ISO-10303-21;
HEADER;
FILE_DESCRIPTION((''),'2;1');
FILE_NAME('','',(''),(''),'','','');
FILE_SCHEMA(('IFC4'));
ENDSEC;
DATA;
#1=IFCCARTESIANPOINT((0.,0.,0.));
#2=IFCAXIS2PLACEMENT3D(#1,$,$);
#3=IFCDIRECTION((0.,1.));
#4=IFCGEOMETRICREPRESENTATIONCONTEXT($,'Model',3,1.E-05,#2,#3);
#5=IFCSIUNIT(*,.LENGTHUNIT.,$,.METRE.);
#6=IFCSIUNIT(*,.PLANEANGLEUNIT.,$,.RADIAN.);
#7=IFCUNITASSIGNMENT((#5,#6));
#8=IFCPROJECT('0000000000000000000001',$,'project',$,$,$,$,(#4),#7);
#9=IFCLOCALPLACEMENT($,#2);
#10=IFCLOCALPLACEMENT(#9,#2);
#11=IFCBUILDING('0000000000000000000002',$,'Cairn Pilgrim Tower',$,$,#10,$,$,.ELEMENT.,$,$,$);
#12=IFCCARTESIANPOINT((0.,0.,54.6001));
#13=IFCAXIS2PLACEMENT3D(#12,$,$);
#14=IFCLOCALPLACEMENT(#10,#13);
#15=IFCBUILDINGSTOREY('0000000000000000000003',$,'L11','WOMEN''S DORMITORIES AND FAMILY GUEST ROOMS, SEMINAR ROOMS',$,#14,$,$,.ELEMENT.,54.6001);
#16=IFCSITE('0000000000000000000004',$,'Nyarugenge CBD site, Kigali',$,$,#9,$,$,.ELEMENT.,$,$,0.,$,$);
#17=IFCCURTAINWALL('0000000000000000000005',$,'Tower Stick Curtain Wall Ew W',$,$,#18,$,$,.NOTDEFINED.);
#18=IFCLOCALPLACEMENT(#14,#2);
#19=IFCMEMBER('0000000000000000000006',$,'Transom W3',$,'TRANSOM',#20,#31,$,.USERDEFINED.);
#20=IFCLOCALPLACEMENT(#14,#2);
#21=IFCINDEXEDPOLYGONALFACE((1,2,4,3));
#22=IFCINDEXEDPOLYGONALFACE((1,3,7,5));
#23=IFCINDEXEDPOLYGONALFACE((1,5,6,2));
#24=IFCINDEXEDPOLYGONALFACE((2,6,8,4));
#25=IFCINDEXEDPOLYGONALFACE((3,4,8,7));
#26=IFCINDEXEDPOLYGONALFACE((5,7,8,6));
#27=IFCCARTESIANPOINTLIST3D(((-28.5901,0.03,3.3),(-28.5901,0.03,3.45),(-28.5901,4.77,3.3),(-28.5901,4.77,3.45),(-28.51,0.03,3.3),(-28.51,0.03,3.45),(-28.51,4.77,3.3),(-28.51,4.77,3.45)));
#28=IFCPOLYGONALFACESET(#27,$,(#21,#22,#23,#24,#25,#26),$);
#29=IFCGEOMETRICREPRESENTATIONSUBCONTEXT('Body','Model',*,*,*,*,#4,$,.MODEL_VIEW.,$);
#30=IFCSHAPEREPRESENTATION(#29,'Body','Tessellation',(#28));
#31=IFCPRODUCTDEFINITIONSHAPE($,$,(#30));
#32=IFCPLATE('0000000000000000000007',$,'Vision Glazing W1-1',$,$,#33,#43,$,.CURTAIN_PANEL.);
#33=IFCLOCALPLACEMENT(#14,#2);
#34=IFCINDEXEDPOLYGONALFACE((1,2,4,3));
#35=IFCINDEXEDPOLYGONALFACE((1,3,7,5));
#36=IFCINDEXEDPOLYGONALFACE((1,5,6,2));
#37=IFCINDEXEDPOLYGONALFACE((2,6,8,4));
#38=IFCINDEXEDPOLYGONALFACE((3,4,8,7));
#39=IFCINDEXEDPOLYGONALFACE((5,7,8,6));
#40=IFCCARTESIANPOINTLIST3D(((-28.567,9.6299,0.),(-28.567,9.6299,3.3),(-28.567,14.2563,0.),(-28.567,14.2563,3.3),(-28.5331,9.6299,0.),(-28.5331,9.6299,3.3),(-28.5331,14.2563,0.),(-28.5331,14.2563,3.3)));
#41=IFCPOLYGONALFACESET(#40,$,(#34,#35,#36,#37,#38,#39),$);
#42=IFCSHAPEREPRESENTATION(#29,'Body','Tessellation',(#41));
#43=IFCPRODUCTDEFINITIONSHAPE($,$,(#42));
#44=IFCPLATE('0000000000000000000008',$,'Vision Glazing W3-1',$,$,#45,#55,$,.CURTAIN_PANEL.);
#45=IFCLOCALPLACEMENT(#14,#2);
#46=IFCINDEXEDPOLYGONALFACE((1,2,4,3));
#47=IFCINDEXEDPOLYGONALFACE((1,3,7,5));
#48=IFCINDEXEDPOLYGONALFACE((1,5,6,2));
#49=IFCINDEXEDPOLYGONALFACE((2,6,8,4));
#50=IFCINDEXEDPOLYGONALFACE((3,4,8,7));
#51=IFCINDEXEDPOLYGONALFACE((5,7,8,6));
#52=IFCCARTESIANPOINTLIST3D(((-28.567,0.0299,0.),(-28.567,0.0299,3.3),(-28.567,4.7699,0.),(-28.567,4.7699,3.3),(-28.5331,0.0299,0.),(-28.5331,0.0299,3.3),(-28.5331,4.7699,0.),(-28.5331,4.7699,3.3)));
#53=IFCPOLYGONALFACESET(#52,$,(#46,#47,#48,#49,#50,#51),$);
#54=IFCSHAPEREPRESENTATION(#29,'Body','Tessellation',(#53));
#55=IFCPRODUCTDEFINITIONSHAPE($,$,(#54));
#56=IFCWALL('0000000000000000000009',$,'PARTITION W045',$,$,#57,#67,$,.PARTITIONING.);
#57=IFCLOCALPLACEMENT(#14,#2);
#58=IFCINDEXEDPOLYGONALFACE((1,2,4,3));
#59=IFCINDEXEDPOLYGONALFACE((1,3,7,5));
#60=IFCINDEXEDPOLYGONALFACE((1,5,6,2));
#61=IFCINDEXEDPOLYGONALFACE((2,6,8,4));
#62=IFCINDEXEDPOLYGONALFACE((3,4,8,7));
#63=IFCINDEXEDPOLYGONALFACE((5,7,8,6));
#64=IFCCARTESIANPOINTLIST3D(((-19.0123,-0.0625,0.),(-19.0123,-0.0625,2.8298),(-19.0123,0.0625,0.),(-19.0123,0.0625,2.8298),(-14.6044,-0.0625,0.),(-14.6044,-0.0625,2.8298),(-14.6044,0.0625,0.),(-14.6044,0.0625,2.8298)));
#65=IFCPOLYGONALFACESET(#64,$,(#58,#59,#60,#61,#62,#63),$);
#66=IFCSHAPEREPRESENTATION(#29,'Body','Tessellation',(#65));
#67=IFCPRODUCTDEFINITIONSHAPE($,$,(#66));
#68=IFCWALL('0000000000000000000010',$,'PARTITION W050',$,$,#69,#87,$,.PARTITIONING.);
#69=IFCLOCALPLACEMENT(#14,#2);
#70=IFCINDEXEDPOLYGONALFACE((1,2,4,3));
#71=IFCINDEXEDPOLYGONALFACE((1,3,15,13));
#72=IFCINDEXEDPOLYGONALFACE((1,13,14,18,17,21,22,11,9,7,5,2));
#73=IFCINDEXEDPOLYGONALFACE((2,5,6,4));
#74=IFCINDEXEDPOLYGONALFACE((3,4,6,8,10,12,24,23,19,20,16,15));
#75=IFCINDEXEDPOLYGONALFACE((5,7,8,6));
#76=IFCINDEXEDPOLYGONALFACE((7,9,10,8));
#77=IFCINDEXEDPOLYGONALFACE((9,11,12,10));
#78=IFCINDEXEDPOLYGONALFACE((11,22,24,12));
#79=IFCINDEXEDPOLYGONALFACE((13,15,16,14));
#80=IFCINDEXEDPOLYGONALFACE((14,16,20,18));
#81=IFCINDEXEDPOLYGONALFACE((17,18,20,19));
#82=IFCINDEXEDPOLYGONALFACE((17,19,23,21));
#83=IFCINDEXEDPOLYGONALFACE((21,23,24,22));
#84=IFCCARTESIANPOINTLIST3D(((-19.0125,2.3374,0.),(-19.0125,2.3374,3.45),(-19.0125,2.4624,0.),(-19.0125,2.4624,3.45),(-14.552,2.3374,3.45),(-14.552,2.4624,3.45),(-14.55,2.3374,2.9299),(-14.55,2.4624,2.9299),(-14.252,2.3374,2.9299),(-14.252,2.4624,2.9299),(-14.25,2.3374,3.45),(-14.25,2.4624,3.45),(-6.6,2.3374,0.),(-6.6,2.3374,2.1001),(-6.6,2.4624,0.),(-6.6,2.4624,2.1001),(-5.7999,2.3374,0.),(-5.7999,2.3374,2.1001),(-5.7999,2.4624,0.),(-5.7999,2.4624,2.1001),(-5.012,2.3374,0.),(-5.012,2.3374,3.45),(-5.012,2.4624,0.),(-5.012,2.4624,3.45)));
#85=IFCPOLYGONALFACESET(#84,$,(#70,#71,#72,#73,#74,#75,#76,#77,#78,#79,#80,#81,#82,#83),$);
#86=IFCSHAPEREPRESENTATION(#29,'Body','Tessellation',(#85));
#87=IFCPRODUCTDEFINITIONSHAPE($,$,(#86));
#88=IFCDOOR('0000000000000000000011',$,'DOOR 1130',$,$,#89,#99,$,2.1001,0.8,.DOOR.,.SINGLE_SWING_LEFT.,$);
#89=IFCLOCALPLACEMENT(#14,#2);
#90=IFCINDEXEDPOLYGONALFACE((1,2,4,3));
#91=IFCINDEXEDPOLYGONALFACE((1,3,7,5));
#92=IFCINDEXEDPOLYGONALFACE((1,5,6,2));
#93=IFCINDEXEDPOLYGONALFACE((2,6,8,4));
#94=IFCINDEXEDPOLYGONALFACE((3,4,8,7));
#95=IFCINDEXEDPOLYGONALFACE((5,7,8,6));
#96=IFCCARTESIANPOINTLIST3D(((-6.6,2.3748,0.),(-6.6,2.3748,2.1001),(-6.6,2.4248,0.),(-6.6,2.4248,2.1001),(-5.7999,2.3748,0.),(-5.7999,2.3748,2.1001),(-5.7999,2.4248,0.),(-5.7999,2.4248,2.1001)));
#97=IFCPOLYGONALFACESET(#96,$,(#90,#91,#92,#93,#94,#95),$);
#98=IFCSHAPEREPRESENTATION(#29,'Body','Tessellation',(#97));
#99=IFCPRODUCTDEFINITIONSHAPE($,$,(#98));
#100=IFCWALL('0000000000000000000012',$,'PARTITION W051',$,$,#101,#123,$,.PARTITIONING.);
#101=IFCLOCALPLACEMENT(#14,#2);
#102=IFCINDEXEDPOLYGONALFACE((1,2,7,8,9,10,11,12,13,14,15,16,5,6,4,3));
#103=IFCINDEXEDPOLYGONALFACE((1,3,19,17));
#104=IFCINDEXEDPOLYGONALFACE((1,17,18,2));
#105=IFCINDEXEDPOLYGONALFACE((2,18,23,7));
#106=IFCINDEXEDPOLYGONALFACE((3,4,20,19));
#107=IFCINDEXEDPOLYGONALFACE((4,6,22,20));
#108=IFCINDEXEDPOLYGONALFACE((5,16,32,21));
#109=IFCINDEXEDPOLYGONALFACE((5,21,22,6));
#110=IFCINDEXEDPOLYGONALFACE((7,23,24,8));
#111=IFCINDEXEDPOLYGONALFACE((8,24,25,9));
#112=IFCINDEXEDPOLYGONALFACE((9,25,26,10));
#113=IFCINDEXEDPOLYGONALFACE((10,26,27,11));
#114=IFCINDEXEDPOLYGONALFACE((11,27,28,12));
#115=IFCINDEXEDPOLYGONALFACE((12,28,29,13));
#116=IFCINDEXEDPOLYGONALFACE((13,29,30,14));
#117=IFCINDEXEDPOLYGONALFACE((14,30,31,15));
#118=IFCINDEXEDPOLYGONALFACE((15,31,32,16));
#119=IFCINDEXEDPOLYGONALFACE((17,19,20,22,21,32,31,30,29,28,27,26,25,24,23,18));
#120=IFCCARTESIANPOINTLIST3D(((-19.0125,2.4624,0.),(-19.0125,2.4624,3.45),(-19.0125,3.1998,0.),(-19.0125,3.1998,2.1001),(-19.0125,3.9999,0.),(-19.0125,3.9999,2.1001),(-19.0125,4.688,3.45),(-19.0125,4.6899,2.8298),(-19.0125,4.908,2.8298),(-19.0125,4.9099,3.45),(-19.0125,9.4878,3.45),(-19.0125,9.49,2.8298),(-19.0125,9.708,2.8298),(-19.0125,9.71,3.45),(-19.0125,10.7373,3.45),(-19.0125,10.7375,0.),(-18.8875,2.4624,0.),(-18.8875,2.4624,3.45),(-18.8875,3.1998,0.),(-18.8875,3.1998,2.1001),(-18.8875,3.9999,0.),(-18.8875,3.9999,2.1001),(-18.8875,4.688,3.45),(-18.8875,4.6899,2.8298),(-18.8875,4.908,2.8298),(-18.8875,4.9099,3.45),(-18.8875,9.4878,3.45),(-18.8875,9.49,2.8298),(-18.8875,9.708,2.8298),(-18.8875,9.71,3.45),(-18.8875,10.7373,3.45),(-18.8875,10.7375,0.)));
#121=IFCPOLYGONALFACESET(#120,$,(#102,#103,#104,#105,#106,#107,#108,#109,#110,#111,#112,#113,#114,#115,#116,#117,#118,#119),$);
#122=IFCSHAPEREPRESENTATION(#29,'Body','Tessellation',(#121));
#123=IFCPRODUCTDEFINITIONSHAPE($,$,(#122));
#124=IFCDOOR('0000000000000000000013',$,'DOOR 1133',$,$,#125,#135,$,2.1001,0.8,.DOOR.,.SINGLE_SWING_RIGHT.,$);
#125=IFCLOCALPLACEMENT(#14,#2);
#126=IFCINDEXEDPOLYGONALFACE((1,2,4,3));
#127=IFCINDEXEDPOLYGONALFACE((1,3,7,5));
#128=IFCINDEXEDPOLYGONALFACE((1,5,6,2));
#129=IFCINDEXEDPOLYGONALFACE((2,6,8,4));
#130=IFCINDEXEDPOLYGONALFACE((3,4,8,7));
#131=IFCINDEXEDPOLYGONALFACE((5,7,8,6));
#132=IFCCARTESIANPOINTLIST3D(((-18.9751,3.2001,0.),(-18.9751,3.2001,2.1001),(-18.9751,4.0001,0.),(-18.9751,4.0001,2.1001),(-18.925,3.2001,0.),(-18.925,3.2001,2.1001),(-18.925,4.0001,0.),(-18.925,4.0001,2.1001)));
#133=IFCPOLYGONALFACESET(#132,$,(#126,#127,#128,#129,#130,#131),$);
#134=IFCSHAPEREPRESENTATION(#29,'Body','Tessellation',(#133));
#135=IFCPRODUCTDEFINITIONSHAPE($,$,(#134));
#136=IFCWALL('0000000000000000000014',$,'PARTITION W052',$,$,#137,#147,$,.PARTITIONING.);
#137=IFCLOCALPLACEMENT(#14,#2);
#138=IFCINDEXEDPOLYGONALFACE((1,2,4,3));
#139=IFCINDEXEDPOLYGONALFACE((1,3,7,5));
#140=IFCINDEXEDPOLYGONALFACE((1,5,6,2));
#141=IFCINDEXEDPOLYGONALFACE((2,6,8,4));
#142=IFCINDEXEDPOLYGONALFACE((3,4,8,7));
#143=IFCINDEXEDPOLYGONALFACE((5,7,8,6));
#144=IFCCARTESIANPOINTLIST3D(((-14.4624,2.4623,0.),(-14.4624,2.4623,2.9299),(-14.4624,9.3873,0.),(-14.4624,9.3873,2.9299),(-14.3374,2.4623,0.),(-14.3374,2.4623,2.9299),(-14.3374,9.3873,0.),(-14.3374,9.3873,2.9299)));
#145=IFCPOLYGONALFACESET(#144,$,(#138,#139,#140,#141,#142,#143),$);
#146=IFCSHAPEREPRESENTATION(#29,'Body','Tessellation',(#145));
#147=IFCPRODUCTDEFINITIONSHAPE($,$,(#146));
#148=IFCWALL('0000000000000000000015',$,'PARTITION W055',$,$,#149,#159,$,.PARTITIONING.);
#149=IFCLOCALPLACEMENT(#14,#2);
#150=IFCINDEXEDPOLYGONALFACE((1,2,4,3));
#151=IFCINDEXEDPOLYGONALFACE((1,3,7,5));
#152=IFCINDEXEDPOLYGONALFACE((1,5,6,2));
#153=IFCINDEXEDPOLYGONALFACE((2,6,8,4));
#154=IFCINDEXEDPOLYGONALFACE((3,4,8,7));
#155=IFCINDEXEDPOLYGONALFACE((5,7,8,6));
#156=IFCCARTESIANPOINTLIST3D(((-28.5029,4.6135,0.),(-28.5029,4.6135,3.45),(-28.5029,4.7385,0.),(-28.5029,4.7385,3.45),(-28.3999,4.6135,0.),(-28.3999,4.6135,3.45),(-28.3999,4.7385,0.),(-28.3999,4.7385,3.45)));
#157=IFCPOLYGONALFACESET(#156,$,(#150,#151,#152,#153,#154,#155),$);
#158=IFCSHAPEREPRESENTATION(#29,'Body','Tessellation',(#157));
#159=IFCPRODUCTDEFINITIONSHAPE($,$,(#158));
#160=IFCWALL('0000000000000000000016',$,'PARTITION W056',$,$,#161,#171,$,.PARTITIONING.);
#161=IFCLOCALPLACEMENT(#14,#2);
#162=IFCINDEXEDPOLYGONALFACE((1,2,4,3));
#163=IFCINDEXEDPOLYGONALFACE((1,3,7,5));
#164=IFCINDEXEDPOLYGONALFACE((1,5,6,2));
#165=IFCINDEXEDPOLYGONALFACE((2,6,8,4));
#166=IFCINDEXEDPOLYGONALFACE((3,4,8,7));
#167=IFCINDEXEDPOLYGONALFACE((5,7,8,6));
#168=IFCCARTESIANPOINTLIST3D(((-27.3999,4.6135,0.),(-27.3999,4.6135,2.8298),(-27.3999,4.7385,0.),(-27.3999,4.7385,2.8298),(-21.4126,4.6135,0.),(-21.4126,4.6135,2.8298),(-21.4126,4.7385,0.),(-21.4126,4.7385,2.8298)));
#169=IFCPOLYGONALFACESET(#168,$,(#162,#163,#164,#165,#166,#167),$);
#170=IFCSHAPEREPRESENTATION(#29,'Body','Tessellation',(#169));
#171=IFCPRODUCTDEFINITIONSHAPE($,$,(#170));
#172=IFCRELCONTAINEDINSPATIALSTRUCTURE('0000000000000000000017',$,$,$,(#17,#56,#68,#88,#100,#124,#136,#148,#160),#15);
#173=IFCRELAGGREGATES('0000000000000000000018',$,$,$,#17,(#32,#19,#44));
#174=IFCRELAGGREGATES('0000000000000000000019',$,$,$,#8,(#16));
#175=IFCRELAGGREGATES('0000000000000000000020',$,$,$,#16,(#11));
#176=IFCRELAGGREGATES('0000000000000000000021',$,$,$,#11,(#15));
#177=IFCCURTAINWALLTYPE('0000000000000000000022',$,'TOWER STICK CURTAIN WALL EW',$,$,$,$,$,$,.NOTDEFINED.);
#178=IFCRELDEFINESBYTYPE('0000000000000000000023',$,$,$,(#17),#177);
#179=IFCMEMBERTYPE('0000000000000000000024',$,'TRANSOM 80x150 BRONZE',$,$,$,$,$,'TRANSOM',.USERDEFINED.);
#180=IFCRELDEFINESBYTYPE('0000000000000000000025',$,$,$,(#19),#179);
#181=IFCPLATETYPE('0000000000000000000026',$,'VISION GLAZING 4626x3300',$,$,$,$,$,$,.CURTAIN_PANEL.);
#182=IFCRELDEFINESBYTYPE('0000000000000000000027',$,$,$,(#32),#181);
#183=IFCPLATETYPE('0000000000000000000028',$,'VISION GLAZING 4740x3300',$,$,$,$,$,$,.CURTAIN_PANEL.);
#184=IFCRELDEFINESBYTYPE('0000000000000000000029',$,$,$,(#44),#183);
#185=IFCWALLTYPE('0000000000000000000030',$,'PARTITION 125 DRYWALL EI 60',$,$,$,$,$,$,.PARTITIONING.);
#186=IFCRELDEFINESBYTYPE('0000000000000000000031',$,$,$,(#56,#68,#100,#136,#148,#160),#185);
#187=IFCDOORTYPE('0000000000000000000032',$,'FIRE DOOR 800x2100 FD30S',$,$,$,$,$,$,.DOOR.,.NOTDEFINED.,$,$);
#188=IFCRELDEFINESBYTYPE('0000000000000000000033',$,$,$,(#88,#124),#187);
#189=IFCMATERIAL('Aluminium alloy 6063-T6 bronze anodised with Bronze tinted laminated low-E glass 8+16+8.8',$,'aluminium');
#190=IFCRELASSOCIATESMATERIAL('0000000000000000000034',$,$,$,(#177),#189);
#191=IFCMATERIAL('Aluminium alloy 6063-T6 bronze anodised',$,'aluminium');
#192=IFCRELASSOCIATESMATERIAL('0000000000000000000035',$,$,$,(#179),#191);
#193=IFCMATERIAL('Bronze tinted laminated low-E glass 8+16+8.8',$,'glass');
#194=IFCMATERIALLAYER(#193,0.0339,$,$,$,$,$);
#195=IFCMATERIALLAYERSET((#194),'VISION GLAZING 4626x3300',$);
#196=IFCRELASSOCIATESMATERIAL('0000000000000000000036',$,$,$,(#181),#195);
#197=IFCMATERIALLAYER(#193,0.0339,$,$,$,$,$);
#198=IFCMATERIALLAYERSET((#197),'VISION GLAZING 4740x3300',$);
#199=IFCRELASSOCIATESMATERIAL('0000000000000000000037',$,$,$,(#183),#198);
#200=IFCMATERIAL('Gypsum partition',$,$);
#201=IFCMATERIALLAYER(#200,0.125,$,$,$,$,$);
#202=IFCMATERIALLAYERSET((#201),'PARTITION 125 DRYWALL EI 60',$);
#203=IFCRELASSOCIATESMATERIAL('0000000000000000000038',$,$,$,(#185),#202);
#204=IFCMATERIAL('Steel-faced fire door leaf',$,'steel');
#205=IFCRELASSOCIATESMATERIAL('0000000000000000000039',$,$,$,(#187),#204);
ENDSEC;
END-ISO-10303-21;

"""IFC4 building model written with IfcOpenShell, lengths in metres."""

from ifc_helpers import new_model, si_unit, direction, frame, frame_2d, origin, origin_2d, place, context, subcontext, project, spatial, polyline, rectangle, outline, extrude, material, layer, layer_set, material_profile, profile_set, type_object, element, fill, aggregate, save


model = new_model("IFC4")

# Units and contexts
model_context = context("Model", 3, precision=1e-05, world=origin(), true_north=direction((0.0, 1.0)))
body_context = subcontext(model_context, "Body", "Model", "MODEL_VIEW")
ifc_project = project(units=[si_unit("LENGTHUNIT", "METRE"), si_unit("PLANEANGLEUNIT", "RADIAN")], contexts=[model_context])

# Site, building, storey
site_placement = place(None, origin())
site = spatial("IfcSite", under=ifc_project, at=site_placement, Name="Nyarugenge CBD site, Kigali", CompositionType="ELEMENT", RefElevation=0.0)
building_placement = place(site_placement, origin())
building = spatial("IfcBuilding", under=site, at=building_placement, Name="Cairn Pilgrim Tower", CompositionType="ELEMENT")
storey_placement = place(building_placement, frame((0.0, 0.0, 54.6001)))
storey = spatial("IfcBuildingStorey", under=building, at=storey_placement, Name="L11", Description="WOMEN'S DORMITORIES AND FAMILY GUEST ROOMS, SEMINAR ROOMS", CompositionType="ELEMENT", Elevation=54.6001)

# Curtain wall
ifc_material_1 = material(Name="Aluminium alloy 6063-T6 bronze anodised with Bronze tinted laminated low-E glass 8+16+8.8", Category="aluminium")
curtain_wall_type = type_object("IfcCurtainWallType", Name="TOWER STICK CURTAIN WALL EW", PredefinedType="NOTDEFINED", material=ifc_material_1)
curtain_wall_placement = place(storey_placement, origin())
curtain_wall = element("IfcCurtainWall", 1, at=curtain_wall_placement, inside=storey, type_object=curtain_wall_type, Name="Tower Stick Curtain Wall Ew W", PredefinedType="NOTDEFINED")
ifc_material_2 = material(Name="Aluminium alloy 6063-T6 bronze anodised", Category="aluminium")

# Member
ifc_material_profile_1 = material_profile(ifc_material_2, rectangle(XDim=0.0801, YDim=0.1499, at=origin_2d()), Name="TRANSOM 80x150 BRONZE")
ifc_profile_set_1 = profile_set([ifc_material_profile_1], Name="Aluminium alloy 6063-T6 bronze anodised")
member_type_1 = type_object("IfcMemberType", Name="TRANSOM 80x150 BRONZE", ElementType="TRANSOM", PredefinedType="USERDEFINED", material=ifc_profile_set_1)
member_1_placement = place(storey_placement, frame((-28.55, 4.77, 3.375), z_axis=(0.0, -1.0, 0.0), x_axis=(1.0, 0.0, 0.0)))
member_1 = element("IfcMember", 2, at=member_1_placement, type_object=member_type_1, Name="Transom W3", ObjectType="TRANSOM", PredefinedType="USERDEFINED", context=body_context, shape_type="SweptSolid", body=[
    extrude(rectangle(XDim=0.0801, YDim=0.1499, at=origin_2d()), origin(), (0.0, 0.0, 1.0), 4.74),
])

# Plates
ifc_material_3 = material(Name="Bronze tinted laminated low-E glass 8+16+8.8", Category="glass")
ifc_layer_1 = layer(ifc_material_3, 0.0339)
ifc_layer_set_1 = layer_set([ifc_layer_1], Name="VISION GLAZING 4626x3300")
plate_type_1 = type_object("IfcPlateType", Name="VISION GLAZING 4626x3300", PredefinedType="CURTAIN_PANEL", material=ifc_layer_set_1)
plate_1_placement = place(storey_placement, frame((-28.55, 11.9431, 0.0), z_axis=(0.0, 0.0, 1.0), x_axis=(0.0, -1.0, 0.0)))
plate_1 = element("IfcPlate", 3, at=plate_1_placement, type_object=plate_type_1, Name="Vision Glazing W1-1", PredefinedType="CURTAIN_PANEL", context=body_context, shape_type="SweptSolid", body=[
    extrude(rectangle(XDim=4.6265, YDim=0.0339, at=origin_2d()), origin(), (0.0, 0.0, 1.0), 3.3),
])
ifc_layer_2 = layer(ifc_material_3, 0.0339)
ifc_layer_set_2 = layer_set([ifc_layer_2], Name="VISION GLAZING 4740x3300")
plate_type_2 = type_object("IfcPlateType", Name="VISION GLAZING 4740x3300", PredefinedType="CURTAIN_PANEL", material=ifc_layer_set_2)
plate_2_placement = place(storey_placement, frame((-28.55, 2.3999, 0.0), z_axis=(0.0, 0.0, 1.0), x_axis=(0.0, -1.0, 0.0)))
plate_2 = element("IfcPlate", 4, at=plate_2_placement, type_object=plate_type_2, Name="Vision Glazing W3-1", PredefinedType="CURTAIN_PANEL", context=body_context, shape_type="SweptSolid", body=[
    extrude(rectangle(XDim=4.74, YDim=0.0339, at=origin_2d()), origin(), (0.0, 0.0, 1.0), 3.3),
])
aggregate(curtain_wall, [plate_1, member_1, plate_2])

# Wall
ifc_material_4 = material(Name="Gypsum partition")
ifc_layer_3 = layer(ifc_material_4, 0.125)
ifc_layer_set_3 = layer_set([ifc_layer_3], Name="PARTITION 125 DRYWALL EI 60")
wall_type_1 = type_object("IfcWallType", Name="PARTITION 125 DRYWALL EI 60", PredefinedType="PARTITIONING", material=ifc_layer_set_3)
wall_1_placement = place(storey_placement, frame((-19.0125, 0.0, 0.0), z_axis=(0.0, 0.0, 1.0), x_axis=(1.0, 0.0, 0.0)))
element("IfcWall", 5, at=wall_1_placement, inside=storey, type_object=wall_type_1, Name="PARTITION W045", PredefinedType="PARTITIONING", context=body_context, shape_type="SweptSolid", body=[
    extrude(rectangle(XDim=4.408, YDim=0.125, at=frame_2d((2.2041, 0.0))), origin(), (0.0, 0.0, 1.0), 2.8298),
])

# Walls, openings, doors
wall_2_placement = place(storey_placement, frame((-19.0125, 2.3999, 0.0), z_axis=(0.0, 0.0, 1.0), x_axis=(1.0, 0.0, 0.0)))
wall_2 = element("IfcWall", 6, at=wall_2_placement, inside=storey, type_object=wall_type_1, Name="PARTITION W050", PredefinedType="PARTITIONING", context=body_context, shape_type="SweptSolid", body=[
    extrude(outline(polyline([(0.0, 0.0), (14.0005, 0.0), (14.0005, 3.45), (4.7625, 3.45), (4.7605, 2.9299), (4.4624, 2.9299), (4.4604, 3.45), (0.0, 3.45), (0.0, 0.0)])), frame((0.0, 0.0625, 0.0), z_axis=(0.0, -1.0, 0.0), x_axis=(1.0, 0.0, 0.0)), (0.0, 0.0, 1.0), 0.125),
])
opening_1_placement = place(wall_2_placement, frame((12.4126, 0.0, 0.0)))
opening_1 = element("IfcOpeningElement", 7, at=opening_1_placement, cuts=wall_2, PredefinedType="OPENING", context=body_context, shape_type="SweptSolid", body=[
    extrude(rectangle(XDim=0.8, YDim=2.1001, at=frame_2d((0.3999, 1.05))), frame((0.0, 0.0725, 0.0), z_axis=(0.0, -1.0, 0.0), x_axis=(1.0, 0.0, 0.0)), (0.0, 0.0, 1.0), 0.145),
])
ifc_material_5 = material(Name="Steel-faced fire door leaf", Category="steel")
door_type_1 = type_object("IfcDoorType", Name="FIRE DOOR 800x2100 FD30S", OperationType="NOTDEFINED", PredefinedType="DOOR", material=ifc_material_5)
door_1_placement = place(opening_1_placement, origin())
door_1 = element("IfcDoor", 8, at=door_1_placement, inside=storey, type_object=door_type_1, Name="DOOR 1130", OperationType="SINGLE_SWING_LEFT", OverallHeight=2.1001, OverallWidth=0.8, PredefinedType="DOOR", context=body_context, shape_type="SweptSolid", body=[
    extrude(rectangle(XDim=0.8, YDim=2.1001, at=frame_2d((0.3999, 1.05))), frame((0.0, 0.0249, 0.0), z_axis=(0.0, -1.0, 0.0), x_axis=(1.0, 0.0, 0.0)), (0.0, 0.0, 1.0), 0.05),
])
fill(opening_1, door_1)
wall_3_placement = place(storey_placement, frame((-18.95, 2.4624, 0.0), z_axis=(0.0, 0.0, 1.0), x_axis=(0.0, 1.0, 0.0)))
wall_3 = element("IfcWall", 9, at=wall_3_placement, inside=storey, type_object=wall_type_1, Name="PARTITION W051", PredefinedType="PARTITIONING", context=body_context, shape_type="SweptSolid", body=[
    extrude(outline(polyline([(0.0, 0.0), (8.2751, 0.0), (8.2749, 3.45), (7.2476, 3.45), (7.2456, 2.8298), (7.0276, 2.8298), (7.0254, 3.45), (2.4475, 3.45), (2.4456, 2.8298), (2.2275, 2.8298), (2.2256, 3.45), (0.0, 3.45), (0.0, 0.0)])), frame((0.0, 0.0625, 0.0), z_axis=(0.0, -1.0, 0.0), x_axis=(1.0, 0.0, 0.0)), (0.0, 0.0, 1.0), 0.125),
])
opening_2_placement = place(wall_3_placement, frame((0.7375, 0.0, 0.0)))
opening_2 = element("IfcOpeningElement", 10, at=opening_2_placement, cuts=wall_3, PredefinedType="OPENING", context=body_context, shape_type="SweptSolid", body=[
    extrude(rectangle(XDim=0.8, YDim=2.1001, at=frame_2d((0.3999, 1.05))), frame((0.0, 0.0725, 0.0), z_axis=(0.0, -1.0, 0.0), x_axis=(1.0, 0.0, 0.0)), (0.0, 0.0, 1.0), 0.145),
])
door_2_placement = place(opening_2_placement, frame((0.8, 0.0, 0.0), z_axis=(0.0, 0.0, 1.0), x_axis=(-1.0, 0.0, 0.0)))
door_2 = element("IfcDoor", 11, at=door_2_placement, inside=storey, type_object=door_type_1, Name="DOOR 1133", OperationType="SINGLE_SWING_RIGHT", OverallHeight=2.1001, OverallWidth=0.8, PredefinedType="DOOR", context=body_context, shape_type="SweptSolid", body=[
    extrude(rectangle(XDim=0.8, YDim=2.1001, at=frame_2d((0.3999, 1.05))), frame((0.0, 0.0249, 0.0), z_axis=(0.0, -1.0, 0.0), x_axis=(1.0, 0.0, 0.0)), (0.0, 0.0, 1.0), 0.05),
])
fill(opening_2, door_2)

# Walls
wall_4_placement = place(storey_placement, frame((-14.3999, 2.4624, 0.0), z_axis=(0.0, 0.0, 1.0), x_axis=(0.0, 1.0, 0.0)))
element("IfcWall", 12, at=wall_4_placement, inside=storey, type_object=wall_type_1, Name="PARTITION W052", PredefinedType="PARTITIONING", context=body_context, shape_type="SweptSolid", body=[
    extrude(rectangle(XDim=6.925, YDim=0.125, at=frame_2d((3.4624, 0.0))), origin(), (0.0, 0.0, 1.0), 2.9299),
])
wall_5_placement = place(storey_placement, frame((-28.5029, 4.676, 0.0), z_axis=(0.0, 0.0, 1.0), x_axis=(1.0, 0.0, 0.0)))
element("IfcWall", 13, at=wall_5_placement, inside=storey, type_object=wall_type_1, Name="PARTITION W055", PredefinedType="PARTITIONING", context=body_context, shape_type="SweptSolid", body=[
    extrude(rectangle(XDim=0.103, YDim=0.125, at=frame_2d((0.0515, 0.0))), origin(), (0.0, 0.0, 1.0), 3.45),
])
wall_6_placement = place(storey_placement, frame((-27.3999, 4.676, 0.0), z_axis=(0.0, 0.0, 1.0), x_axis=(1.0, 0.0, 0.0)))
element("IfcWall", 14, at=wall_6_placement, inside=storey, type_object=wall_type_1, Name="PARTITION W056", PredefinedType="PARTITIONING", context=body_context, shape_type="SweptSolid", body=[
    extrude(rectangle(XDim=5.9873, YDim=0.125, at=frame_2d((2.9937, 0.0))), origin(), (0.0, 0.0, 1.0), 2.8298),
])

save(model, "model.ifc")
